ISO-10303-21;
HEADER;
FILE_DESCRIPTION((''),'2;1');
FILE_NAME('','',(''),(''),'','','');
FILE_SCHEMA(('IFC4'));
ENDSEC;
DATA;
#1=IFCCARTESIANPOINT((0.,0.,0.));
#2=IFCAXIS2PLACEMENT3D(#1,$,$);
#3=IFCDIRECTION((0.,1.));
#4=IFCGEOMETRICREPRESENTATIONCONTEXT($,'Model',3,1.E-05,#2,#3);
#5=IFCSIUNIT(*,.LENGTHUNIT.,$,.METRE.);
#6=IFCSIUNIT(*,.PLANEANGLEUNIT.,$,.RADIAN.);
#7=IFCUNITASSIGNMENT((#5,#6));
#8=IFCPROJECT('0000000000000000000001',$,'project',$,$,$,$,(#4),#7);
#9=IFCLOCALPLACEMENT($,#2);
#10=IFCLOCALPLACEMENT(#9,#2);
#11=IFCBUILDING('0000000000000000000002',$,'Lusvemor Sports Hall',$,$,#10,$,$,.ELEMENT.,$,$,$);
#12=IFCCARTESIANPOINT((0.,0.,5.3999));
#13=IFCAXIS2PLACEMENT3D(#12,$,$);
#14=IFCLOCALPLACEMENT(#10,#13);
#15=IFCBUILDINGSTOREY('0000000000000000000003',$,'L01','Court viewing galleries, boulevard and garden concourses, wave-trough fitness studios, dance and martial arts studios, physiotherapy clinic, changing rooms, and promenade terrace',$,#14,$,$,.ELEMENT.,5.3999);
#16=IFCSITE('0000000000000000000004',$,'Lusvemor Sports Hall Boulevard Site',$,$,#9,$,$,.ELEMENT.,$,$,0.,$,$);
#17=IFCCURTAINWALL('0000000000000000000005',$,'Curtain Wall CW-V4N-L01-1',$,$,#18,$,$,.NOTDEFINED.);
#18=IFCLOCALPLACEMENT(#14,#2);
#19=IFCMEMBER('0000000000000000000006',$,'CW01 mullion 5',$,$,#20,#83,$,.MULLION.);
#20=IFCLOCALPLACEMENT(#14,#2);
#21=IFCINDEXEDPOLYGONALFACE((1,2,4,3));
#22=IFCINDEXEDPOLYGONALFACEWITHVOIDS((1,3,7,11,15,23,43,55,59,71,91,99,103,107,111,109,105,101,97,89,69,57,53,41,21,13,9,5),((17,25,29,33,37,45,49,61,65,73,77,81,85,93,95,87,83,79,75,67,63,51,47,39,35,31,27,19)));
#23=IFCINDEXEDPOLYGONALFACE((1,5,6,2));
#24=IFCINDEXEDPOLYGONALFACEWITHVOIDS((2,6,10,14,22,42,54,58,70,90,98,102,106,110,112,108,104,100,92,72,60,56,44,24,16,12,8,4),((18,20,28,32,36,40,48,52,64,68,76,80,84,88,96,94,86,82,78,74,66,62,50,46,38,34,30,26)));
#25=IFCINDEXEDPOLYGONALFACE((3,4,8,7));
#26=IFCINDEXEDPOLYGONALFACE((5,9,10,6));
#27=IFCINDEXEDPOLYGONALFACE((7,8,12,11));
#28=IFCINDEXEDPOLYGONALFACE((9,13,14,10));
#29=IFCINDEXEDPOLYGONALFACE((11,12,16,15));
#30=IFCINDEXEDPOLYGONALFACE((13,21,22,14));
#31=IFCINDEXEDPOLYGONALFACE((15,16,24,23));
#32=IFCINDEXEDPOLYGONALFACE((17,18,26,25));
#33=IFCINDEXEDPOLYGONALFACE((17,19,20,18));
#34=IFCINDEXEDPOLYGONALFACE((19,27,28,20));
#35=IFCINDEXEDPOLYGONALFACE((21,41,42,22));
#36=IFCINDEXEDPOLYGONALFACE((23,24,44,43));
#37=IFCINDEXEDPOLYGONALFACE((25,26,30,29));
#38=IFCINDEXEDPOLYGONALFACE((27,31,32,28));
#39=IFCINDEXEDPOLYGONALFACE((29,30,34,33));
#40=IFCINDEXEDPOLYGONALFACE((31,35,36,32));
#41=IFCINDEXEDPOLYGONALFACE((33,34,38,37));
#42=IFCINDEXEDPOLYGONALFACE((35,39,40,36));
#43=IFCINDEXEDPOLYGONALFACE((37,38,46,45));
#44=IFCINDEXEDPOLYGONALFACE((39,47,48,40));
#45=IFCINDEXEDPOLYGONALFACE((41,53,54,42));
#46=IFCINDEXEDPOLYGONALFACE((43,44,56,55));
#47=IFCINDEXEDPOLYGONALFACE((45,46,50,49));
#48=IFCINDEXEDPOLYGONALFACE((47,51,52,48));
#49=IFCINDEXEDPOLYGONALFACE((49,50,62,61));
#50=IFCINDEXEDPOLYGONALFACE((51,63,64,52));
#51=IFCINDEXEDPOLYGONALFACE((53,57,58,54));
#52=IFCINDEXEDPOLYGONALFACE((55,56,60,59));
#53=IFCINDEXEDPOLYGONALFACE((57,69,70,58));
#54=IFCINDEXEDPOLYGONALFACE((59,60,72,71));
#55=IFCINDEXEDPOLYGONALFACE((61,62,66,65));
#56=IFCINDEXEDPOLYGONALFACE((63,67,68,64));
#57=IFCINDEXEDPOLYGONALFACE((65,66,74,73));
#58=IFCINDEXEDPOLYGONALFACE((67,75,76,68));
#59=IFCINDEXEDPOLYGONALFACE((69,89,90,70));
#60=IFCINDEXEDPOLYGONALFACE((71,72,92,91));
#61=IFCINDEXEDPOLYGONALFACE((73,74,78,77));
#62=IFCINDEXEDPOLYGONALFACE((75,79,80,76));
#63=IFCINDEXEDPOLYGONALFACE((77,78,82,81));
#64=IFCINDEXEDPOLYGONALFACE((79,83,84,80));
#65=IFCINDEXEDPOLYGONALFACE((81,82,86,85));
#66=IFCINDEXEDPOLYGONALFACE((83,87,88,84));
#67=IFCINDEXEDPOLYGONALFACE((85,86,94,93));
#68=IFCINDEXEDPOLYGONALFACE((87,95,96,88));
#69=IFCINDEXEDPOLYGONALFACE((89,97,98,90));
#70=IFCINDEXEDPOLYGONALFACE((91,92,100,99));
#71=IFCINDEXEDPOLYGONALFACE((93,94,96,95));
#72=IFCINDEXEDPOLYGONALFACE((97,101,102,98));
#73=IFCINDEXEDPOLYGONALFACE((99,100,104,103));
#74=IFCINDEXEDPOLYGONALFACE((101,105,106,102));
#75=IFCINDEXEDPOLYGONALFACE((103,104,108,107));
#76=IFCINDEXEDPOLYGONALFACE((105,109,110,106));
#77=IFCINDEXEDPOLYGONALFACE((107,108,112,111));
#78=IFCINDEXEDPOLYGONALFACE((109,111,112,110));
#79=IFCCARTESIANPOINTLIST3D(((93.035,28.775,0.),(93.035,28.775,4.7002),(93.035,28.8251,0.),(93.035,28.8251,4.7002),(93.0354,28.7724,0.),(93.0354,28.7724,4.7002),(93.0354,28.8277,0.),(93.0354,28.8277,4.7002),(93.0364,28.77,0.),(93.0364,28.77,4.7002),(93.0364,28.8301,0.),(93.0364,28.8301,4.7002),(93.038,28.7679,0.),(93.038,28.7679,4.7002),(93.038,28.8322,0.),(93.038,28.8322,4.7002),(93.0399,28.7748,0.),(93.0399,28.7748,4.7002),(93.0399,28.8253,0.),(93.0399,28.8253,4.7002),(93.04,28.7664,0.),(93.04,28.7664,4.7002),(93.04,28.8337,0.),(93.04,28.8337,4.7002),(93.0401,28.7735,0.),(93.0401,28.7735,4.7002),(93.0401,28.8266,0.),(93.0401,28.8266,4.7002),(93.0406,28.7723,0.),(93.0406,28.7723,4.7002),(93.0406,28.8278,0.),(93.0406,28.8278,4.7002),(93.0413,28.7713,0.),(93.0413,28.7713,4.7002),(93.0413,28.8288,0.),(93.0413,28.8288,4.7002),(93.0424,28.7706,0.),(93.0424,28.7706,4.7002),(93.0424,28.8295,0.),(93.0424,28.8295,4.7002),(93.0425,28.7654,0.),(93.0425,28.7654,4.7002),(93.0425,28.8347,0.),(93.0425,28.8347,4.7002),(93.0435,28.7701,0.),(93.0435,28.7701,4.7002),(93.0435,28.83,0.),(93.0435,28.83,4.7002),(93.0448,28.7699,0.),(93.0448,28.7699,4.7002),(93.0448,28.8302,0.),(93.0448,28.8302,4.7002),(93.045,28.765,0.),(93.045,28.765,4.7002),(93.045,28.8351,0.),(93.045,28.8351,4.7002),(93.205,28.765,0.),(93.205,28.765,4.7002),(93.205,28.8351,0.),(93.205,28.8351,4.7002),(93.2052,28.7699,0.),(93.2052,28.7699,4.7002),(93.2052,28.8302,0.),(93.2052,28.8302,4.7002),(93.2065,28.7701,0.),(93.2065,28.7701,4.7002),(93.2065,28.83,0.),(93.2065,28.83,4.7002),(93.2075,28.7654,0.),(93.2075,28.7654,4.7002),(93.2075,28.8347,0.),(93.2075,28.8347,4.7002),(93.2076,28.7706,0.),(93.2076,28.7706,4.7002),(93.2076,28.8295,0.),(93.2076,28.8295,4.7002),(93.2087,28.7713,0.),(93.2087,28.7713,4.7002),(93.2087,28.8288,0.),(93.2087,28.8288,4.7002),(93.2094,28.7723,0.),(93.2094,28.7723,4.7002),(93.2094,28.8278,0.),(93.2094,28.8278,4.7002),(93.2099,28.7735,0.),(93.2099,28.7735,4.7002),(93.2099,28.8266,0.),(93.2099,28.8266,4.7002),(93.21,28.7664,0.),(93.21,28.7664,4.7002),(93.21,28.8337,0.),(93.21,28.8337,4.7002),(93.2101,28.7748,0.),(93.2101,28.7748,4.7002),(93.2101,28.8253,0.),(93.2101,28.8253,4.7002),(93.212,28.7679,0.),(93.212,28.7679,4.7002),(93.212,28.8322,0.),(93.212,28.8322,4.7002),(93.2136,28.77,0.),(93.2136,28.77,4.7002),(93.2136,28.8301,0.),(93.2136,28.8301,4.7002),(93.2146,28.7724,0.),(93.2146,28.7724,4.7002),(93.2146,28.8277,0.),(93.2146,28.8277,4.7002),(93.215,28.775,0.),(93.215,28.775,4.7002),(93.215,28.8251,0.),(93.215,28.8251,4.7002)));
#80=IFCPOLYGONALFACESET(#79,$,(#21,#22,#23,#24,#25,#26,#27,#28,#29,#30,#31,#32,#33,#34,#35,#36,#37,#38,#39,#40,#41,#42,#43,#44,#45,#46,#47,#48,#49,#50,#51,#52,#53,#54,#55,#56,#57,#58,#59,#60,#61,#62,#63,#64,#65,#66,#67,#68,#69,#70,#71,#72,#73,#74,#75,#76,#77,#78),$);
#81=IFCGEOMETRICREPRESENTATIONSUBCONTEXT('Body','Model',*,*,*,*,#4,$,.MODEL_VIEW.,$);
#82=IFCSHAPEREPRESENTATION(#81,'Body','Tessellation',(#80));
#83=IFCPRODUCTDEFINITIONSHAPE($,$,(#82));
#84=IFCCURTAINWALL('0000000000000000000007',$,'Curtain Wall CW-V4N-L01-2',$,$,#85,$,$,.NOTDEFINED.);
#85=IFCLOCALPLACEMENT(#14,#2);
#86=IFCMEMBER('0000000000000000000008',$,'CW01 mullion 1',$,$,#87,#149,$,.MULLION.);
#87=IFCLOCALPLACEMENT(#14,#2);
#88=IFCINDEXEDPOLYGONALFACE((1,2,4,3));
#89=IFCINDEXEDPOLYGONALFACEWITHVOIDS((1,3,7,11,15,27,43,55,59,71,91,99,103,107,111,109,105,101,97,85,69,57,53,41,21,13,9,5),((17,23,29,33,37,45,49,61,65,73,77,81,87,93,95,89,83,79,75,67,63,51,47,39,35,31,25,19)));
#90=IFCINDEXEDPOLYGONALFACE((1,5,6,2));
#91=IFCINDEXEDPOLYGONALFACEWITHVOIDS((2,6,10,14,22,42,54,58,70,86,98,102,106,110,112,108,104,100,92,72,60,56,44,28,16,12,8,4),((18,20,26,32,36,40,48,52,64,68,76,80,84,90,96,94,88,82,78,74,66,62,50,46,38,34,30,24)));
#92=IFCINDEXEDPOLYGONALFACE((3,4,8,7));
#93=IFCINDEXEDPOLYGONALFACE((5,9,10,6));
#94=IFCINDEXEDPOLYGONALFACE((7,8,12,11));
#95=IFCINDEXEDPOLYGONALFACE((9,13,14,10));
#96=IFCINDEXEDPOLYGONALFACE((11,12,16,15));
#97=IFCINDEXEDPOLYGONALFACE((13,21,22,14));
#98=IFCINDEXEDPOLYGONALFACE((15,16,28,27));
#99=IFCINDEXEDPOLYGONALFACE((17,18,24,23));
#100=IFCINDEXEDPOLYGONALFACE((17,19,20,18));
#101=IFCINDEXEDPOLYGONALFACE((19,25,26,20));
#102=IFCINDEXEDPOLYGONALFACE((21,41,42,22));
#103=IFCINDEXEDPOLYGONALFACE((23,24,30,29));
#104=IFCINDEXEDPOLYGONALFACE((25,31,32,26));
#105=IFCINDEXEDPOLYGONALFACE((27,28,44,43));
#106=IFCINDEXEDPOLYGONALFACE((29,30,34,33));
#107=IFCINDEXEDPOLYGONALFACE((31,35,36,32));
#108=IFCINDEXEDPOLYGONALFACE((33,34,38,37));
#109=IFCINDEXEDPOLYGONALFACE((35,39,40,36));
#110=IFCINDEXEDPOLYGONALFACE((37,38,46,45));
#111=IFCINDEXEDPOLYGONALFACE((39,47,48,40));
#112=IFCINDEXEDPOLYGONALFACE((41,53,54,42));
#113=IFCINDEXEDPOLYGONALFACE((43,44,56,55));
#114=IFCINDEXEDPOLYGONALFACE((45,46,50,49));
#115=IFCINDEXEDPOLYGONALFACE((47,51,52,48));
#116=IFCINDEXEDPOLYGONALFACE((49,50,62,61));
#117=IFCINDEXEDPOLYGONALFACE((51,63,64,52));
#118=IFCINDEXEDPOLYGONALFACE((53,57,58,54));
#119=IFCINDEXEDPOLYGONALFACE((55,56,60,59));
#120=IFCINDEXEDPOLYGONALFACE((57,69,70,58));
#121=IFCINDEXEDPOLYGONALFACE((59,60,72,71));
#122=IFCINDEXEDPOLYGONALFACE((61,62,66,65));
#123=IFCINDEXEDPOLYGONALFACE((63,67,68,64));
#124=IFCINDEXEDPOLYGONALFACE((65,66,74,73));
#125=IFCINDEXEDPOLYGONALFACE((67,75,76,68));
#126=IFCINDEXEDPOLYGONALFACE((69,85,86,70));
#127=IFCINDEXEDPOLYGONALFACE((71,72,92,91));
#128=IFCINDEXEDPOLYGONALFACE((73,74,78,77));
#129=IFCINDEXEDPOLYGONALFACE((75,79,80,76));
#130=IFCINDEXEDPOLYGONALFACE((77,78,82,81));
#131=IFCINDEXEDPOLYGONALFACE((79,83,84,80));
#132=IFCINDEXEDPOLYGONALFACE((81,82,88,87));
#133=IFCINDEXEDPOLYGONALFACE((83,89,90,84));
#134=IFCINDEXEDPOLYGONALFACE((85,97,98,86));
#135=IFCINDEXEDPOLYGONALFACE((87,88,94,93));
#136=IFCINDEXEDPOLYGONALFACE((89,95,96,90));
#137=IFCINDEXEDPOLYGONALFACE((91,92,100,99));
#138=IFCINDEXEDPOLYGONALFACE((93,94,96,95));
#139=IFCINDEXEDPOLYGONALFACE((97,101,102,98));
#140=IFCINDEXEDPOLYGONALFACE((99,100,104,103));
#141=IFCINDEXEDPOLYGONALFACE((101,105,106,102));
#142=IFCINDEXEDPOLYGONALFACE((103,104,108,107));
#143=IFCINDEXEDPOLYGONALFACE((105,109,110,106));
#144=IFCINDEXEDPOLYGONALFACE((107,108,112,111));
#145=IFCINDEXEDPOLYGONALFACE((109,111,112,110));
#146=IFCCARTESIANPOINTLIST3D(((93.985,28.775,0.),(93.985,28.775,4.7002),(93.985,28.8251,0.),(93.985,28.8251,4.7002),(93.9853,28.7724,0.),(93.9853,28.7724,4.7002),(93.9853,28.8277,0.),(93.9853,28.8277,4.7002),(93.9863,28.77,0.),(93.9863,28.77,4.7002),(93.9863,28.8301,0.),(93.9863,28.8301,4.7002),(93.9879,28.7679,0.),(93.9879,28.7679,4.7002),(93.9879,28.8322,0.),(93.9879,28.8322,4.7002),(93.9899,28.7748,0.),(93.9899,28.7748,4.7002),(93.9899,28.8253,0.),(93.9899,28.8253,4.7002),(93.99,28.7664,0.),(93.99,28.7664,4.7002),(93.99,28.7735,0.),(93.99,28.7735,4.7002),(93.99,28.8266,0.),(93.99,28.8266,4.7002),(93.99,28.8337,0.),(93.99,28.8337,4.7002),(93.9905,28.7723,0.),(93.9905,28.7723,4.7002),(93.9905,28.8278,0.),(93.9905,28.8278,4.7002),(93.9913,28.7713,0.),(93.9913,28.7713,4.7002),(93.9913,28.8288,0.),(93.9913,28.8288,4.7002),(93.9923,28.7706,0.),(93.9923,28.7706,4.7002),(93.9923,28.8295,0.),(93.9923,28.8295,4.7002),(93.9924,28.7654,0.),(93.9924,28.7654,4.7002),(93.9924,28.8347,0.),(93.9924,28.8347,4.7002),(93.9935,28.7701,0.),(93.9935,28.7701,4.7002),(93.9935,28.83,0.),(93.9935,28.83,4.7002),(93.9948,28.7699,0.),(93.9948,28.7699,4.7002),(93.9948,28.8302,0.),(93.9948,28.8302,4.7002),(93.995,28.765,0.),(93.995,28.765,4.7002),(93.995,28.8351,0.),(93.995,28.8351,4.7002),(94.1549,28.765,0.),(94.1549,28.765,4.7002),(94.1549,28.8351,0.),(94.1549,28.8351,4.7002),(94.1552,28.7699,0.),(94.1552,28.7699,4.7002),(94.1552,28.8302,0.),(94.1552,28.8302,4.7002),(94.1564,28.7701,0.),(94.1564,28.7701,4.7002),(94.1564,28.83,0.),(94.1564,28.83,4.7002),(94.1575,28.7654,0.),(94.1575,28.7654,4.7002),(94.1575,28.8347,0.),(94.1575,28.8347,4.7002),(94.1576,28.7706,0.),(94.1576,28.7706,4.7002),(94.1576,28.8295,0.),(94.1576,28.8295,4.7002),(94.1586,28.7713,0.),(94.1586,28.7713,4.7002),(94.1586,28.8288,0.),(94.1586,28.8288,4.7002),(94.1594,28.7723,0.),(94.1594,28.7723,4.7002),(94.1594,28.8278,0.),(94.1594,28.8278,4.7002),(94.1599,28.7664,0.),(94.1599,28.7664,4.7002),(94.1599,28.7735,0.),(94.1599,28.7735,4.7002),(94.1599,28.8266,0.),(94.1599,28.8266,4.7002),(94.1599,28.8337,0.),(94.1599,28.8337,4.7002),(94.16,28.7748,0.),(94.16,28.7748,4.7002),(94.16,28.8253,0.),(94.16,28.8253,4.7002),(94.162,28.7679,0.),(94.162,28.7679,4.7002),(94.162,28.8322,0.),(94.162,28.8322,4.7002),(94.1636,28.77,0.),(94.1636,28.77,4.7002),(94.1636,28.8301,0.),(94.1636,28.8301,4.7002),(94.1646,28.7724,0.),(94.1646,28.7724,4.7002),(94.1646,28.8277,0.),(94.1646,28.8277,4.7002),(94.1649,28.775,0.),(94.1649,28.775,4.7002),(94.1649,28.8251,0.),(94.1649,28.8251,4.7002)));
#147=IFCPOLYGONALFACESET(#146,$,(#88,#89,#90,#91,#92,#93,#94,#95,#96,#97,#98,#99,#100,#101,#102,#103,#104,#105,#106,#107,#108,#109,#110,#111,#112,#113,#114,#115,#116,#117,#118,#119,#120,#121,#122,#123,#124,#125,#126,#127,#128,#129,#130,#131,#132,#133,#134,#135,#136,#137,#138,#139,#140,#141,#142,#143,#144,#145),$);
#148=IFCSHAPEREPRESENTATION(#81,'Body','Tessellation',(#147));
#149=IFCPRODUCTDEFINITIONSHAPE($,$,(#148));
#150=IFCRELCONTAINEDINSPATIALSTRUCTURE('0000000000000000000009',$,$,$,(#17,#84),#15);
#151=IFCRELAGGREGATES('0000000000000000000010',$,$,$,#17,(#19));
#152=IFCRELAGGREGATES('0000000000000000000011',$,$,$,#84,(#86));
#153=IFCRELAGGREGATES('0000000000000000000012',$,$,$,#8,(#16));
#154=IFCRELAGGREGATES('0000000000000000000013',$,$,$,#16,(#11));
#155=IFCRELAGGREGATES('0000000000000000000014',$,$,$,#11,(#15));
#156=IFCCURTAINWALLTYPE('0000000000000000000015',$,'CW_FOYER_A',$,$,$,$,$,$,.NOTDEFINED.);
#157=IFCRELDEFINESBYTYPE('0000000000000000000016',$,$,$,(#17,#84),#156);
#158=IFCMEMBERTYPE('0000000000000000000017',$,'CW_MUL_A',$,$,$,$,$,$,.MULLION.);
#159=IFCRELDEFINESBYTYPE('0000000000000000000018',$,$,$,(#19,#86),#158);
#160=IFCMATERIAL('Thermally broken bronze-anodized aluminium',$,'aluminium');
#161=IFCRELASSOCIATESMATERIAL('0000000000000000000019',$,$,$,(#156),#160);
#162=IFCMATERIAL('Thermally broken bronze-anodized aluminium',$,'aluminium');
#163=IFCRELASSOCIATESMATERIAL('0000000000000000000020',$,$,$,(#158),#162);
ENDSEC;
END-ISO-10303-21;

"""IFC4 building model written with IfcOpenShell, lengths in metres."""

from ifc_helpers import new_model, si_unit, direction, frame, origin, origin_2d, place, context, subcontext, project, spatial, hollow_rectangle, extrude, material, material_profile, profile_set, type_object, element, aggregate, save


model = new_model("IFC4")

# Units and contexts
model_context = context("Model", 3, precision=1e-05, world=origin(), true_north=direction((0.0, 1.0)))
body_context = subcontext(model_context, "Body", "Model", "MODEL_VIEW")
ifc_project = project(units=[si_unit("LENGTHUNIT", "METRE"), si_unit("PLANEANGLEUNIT", "RADIAN")], contexts=[model_context])

# Site, building, storey
site_placement = place(None, origin())
site = spatial("IfcSite", under=ifc_project, at=site_placement, Name="Lusvemor Sports Hall Boulevard Site", CompositionType="ELEMENT", RefElevation=0.0)
building_placement = place(site_placement, origin())
building = spatial("IfcBuilding", under=site, at=building_placement, Name="Lusvemor Sports Hall", CompositionType="ELEMENT")
storey_placement = place(building_placement, frame((0.0, 0.0, 5.3999)))
storey = spatial("IfcBuildingStorey", under=building, at=storey_placement, Name="L01", Description="Court viewing galleries, boulevard and garden concourses, wave-trough fitness studios, dance and martial arts studios, physiotherapy clinic, changing rooms, and promenade terrace", CompositionType="ELEMENT", Elevation=5.3999)

# Curtain walls, members
ifc_material_1 = material(Name="Thermally broken bronze-anodized aluminium", Category="aluminium")
curtain_wall_type = type_object("IfcCurtainWallType", Name="CW_FOYER_A", PredefinedType="NOTDEFINED", material=ifc_material_1)
curtain_wall_1_placement = place(storey_placement, origin())
curtain_wall_1 = element("IfcCurtainWall", 1, at=curtain_wall_1_placement, inside=storey, type_object=curtain_wall_type, Name="Curtain Wall CW-V4N-L01-1", PredefinedType="NOTDEFINED")
ifc_material_2 = material(Name="Thermally broken bronze-anodized aluminium", Category="aluminium")
ifc_material_profile_1 = material_profile(ifc_material_2, hollow_rectangle(XDim=0.0701, YDim=0.1799, WallThickness=0.0049, InnerFilletRadius=0.0049, OuterFilletRadius=0.01, at=origin_2d()), Name="CWMUL180x70x5")
ifc_profile_set_1 = profile_set([ifc_material_profile_1], Name="Thermally broken bronze-anodized aluminium")
member_type_1 = type_object("IfcMemberType", Name="CW_MUL_A", PredefinedType="MULLION", material=ifc_profile_set_1)
member_1_placement = place(storey_placement, frame((93.125, 28.8, 0.0), z_axis=(0.0, 0.0, 1.0), x_axis=(0.0, 1.0, 0.0)))
member_1 = element("IfcMember", 2, at=member_1_placement, type_object=member_type_1, Name="CW01 mullion 5", PredefinedType="MULLION", context=body_context, shape_type="SweptSolid", body=[
    extrude(hollow_rectangle(XDim=0.0701, YDim=0.1799, WallThickness=0.0049, InnerFilletRadius=0.0049, OuterFilletRadius=0.01, at=origin_2d()), origin(), (0.0, 0.0, 1.0), 4.7002),
])
curtain_wall_2_placement = place(storey_placement, origin())
curtain_wall_2 = element("IfcCurtainWall", 3, at=curtain_wall_2_placement, inside=storey, type_object=curtain_wall_type, Name="Curtain Wall CW-V4N-L01-2", PredefinedType="NOTDEFINED")
member_2_placement = place(storey_placement, frame((94.075, 28.8, 0.0), z_axis=(0.0, 0.0, 1.0), x_axis=(0.0, 1.0, 0.0)))
member_2 = element("IfcMember", 4, at=member_2_placement, type_object=member_type_1, Name="CW01 mullion 1", PredefinedType="MULLION", context=body_context, shape_type="SweptSolid", body=[
    extrude(hollow_rectangle(XDim=0.0701, YDim=0.1799, WallThickness=0.0049, InnerFilletRadius=0.0049, OuterFilletRadius=0.01, at=origin_2d()), origin(), (0.0, 0.0, 1.0), 4.7002),
])

aggregate(curtain_wall_1, [member_1])
aggregate(curtain_wall_2, [member_2])

save(model, "model.ifc")
